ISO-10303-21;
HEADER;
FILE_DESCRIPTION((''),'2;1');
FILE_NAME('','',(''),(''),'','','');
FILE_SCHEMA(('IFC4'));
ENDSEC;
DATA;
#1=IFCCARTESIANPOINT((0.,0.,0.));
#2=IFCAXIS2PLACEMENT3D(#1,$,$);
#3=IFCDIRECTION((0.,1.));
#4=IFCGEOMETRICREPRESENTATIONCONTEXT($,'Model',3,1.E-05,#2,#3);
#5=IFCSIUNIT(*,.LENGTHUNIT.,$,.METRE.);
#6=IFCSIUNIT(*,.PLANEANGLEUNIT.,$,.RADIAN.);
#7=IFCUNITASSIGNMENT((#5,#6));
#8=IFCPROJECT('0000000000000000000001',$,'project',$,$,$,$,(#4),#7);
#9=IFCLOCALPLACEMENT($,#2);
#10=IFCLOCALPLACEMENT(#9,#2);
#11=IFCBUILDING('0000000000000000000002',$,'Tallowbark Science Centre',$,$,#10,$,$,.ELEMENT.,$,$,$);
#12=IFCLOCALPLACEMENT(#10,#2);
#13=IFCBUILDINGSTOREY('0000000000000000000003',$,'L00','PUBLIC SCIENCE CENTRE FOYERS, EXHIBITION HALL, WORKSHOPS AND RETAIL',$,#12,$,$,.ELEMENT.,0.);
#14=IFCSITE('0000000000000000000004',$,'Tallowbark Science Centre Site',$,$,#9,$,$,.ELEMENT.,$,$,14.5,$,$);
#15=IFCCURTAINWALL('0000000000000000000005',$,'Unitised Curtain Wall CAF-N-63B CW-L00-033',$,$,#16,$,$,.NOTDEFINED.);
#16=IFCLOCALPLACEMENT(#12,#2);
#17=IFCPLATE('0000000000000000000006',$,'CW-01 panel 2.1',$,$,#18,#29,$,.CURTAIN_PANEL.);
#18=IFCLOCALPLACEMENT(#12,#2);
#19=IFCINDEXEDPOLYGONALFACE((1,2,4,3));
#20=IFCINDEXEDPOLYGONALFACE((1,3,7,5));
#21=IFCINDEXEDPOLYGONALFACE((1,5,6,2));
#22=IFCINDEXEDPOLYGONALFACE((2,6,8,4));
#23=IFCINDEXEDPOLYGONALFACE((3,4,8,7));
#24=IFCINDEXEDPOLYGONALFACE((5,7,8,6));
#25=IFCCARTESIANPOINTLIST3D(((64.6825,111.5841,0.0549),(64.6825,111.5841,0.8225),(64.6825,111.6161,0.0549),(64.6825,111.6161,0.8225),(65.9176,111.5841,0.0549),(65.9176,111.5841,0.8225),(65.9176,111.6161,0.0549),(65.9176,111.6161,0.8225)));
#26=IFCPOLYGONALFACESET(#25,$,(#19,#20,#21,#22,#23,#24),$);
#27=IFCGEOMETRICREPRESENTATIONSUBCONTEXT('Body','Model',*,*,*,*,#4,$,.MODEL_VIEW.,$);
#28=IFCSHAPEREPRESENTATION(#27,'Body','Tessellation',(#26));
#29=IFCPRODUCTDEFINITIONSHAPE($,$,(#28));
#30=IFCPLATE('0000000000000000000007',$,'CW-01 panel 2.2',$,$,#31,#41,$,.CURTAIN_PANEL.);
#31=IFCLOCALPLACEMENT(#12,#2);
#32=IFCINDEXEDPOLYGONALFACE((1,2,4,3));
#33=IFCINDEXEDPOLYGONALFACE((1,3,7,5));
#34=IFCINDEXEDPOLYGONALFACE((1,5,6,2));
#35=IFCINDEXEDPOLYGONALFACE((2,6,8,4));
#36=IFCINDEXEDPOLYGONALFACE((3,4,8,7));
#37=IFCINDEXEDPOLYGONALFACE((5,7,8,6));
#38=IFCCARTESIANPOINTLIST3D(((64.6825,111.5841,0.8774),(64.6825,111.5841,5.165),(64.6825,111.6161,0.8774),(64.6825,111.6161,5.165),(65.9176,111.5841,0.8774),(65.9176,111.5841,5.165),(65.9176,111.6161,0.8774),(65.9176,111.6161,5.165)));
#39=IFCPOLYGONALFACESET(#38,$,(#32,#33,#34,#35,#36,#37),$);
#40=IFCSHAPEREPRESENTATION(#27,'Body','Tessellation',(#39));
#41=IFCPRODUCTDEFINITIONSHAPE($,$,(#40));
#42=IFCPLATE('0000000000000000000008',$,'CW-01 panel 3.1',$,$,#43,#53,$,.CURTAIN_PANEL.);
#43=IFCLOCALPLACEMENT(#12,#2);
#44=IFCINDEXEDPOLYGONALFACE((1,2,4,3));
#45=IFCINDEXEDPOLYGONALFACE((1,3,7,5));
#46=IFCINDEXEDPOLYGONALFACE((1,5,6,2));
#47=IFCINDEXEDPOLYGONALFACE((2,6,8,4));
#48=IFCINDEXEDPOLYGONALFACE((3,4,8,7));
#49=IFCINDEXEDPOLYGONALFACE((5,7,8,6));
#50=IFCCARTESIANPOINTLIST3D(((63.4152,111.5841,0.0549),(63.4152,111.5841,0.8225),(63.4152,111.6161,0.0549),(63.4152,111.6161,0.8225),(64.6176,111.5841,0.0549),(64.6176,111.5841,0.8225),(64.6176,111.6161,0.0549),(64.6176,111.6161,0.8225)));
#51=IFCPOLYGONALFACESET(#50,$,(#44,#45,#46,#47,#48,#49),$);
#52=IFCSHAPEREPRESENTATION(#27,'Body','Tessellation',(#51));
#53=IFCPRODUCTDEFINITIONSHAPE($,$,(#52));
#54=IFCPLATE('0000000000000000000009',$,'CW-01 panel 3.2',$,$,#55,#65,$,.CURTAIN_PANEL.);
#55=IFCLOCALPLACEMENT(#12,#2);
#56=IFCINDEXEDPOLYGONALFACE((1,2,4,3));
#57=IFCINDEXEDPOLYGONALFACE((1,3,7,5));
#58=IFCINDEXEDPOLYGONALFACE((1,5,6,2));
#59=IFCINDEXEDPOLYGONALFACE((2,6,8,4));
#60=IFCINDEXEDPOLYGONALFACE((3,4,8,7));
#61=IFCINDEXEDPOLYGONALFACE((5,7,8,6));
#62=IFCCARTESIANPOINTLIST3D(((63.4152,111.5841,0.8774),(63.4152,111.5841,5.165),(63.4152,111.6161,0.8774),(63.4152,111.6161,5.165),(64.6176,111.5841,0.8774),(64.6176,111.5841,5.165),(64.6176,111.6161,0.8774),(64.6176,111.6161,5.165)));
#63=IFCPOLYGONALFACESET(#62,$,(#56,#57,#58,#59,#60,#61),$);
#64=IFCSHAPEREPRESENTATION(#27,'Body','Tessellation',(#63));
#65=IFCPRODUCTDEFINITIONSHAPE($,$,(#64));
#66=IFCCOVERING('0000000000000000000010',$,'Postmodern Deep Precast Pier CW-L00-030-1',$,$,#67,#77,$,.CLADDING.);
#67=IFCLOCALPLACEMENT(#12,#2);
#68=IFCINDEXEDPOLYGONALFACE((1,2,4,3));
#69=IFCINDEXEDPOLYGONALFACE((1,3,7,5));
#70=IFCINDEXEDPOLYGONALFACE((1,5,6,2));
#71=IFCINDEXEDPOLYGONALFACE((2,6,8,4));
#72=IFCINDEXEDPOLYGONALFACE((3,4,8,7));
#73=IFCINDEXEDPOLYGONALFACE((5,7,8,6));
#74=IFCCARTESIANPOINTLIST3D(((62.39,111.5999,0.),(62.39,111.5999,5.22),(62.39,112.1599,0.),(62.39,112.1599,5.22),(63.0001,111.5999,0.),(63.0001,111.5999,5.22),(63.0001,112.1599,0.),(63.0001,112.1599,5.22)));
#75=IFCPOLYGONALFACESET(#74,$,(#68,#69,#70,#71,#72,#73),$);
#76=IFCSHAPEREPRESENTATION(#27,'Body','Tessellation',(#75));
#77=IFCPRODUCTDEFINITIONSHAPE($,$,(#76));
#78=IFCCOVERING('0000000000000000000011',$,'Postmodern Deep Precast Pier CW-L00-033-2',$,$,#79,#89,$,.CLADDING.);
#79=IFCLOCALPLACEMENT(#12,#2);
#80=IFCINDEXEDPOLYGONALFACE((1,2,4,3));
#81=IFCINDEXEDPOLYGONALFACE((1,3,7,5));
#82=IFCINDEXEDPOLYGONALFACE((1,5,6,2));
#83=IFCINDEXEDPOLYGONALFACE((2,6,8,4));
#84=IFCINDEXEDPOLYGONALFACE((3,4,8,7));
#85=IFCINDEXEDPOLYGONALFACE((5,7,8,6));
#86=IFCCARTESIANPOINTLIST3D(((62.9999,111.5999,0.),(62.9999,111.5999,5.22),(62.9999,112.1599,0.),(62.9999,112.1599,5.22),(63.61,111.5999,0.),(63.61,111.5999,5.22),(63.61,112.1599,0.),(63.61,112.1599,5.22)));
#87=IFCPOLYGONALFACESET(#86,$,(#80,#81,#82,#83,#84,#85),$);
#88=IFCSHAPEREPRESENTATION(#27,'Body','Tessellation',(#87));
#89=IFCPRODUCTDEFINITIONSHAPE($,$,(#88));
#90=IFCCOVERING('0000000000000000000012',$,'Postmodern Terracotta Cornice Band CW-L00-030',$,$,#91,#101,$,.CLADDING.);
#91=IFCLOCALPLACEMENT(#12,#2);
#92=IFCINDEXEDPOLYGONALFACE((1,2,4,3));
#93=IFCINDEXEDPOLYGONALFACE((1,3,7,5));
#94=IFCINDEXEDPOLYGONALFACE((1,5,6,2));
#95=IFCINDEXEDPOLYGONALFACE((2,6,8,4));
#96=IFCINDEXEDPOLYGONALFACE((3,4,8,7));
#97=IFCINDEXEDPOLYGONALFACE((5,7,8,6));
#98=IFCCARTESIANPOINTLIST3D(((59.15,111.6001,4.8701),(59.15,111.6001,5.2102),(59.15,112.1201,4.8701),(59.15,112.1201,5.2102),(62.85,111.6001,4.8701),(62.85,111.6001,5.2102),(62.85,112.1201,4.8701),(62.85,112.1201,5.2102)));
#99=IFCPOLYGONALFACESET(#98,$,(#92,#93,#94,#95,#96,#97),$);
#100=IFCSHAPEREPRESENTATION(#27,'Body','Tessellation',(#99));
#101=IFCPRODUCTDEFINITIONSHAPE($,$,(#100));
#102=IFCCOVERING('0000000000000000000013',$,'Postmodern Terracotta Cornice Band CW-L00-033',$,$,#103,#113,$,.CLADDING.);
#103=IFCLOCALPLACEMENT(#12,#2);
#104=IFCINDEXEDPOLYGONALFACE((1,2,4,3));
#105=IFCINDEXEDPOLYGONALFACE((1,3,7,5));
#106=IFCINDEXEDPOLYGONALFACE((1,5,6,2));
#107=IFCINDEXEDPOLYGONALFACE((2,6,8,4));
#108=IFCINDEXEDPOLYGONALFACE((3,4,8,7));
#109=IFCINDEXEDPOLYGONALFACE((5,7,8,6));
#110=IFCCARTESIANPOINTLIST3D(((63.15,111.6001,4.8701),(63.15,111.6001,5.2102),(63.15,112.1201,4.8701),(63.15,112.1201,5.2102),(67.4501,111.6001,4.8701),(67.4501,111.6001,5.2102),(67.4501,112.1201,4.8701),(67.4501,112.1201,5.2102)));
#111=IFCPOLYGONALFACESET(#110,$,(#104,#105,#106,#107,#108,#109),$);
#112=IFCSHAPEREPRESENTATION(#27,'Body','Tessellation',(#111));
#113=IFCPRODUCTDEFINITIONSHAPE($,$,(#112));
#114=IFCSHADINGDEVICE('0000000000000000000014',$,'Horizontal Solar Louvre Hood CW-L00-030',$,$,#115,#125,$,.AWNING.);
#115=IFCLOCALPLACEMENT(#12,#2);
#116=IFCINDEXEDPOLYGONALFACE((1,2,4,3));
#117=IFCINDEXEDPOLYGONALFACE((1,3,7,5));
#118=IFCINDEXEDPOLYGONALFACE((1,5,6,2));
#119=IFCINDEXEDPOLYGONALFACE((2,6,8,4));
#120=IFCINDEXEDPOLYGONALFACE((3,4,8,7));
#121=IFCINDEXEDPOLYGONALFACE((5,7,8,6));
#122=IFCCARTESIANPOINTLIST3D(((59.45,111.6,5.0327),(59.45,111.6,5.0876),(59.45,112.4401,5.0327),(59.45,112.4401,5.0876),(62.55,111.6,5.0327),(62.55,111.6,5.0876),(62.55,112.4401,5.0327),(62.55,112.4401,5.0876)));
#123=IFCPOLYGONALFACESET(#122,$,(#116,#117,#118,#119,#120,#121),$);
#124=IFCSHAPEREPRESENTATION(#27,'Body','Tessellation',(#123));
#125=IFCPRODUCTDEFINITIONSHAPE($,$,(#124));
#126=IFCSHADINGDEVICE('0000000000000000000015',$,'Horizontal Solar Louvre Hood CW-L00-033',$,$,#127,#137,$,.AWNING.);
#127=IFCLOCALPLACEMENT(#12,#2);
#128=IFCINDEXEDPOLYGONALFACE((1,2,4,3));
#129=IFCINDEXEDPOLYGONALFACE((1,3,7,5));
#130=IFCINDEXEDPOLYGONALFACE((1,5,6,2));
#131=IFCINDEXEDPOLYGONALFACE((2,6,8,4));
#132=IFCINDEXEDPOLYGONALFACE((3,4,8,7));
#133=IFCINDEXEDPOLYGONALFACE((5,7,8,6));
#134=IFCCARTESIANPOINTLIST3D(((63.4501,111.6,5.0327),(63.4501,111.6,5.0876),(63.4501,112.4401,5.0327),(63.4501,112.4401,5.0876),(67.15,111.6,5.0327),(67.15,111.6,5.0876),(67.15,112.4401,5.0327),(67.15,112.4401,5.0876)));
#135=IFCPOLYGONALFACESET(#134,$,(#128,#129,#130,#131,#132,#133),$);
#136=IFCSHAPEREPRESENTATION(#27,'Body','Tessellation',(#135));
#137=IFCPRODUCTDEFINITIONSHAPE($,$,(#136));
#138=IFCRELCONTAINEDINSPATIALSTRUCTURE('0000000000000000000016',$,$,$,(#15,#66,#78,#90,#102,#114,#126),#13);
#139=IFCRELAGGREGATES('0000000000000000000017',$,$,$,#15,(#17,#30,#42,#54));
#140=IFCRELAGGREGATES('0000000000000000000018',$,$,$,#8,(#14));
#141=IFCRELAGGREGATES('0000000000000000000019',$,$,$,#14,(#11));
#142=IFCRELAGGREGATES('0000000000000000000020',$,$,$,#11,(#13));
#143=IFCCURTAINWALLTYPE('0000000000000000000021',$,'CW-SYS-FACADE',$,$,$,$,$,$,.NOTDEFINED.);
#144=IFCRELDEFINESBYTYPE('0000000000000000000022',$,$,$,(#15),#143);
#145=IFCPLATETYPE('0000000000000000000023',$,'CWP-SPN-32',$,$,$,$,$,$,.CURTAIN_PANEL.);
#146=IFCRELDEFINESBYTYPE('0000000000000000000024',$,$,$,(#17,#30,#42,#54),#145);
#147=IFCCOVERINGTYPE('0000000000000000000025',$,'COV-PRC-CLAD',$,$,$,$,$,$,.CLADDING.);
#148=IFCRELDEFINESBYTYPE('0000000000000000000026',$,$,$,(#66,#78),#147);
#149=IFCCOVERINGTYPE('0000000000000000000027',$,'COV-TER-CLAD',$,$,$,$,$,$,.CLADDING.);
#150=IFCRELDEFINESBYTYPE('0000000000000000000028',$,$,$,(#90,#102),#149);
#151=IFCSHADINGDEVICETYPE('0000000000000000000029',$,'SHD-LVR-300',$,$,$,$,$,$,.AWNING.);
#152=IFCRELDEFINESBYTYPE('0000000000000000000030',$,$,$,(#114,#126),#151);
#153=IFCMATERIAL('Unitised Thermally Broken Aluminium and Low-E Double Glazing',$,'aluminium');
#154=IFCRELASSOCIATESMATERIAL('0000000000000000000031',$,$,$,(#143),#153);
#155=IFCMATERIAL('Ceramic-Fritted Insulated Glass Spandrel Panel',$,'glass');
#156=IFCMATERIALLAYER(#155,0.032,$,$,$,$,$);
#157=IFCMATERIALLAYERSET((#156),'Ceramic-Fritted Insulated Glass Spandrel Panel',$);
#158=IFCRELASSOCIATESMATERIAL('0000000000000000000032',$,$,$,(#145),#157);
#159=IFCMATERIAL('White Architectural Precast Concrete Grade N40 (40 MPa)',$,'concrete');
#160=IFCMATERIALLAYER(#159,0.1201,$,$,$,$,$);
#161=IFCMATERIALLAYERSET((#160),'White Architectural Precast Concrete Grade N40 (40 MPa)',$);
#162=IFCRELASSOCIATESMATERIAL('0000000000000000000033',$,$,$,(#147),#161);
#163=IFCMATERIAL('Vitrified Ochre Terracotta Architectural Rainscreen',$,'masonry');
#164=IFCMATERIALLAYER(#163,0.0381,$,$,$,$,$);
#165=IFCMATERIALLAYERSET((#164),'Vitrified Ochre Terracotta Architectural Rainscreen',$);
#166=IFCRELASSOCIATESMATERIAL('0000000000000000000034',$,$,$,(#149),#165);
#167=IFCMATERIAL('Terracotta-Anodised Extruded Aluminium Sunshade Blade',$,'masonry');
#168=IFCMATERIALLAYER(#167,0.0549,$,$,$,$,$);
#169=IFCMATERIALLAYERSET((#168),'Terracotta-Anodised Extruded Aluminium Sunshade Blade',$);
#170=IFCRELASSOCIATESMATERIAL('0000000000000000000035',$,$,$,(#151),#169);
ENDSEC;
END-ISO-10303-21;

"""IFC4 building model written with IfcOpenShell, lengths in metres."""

from ifc_helpers import new_model, si_unit, direction, frame, origin, origin_2d, place, context, subcontext, project, spatial, rectangle, extrude, material, layer, layer_set, type_object, element, aggregate, save


model = new_model("IFC4")

# Units and contexts
model_context = context("Model", 3, precision=1e-05, world=origin(), true_north=direction((0.0, 1.0)))
body_context = subcontext(model_context, "Body", "Model", "MODEL_VIEW")
ifc_project = project(units=[si_unit("LENGTHUNIT", "METRE"), si_unit("PLANEANGLEUNIT", "RADIAN")], contexts=[model_context])

# Site, building, storey
site_placement = place(None, origin())
site = spatial("IfcSite", under=ifc_project, at=site_placement, Name="Tallowbark Science Centre Site", CompositionType="ELEMENT", RefElevation=14.5)
building_placement = place(site_placement, origin())
building = spatial("IfcBuilding", under=site, at=building_placement, Name="Tallowbark Science Centre", CompositionType="ELEMENT")
storey_placement = place(building_placement, origin())
storey = spatial("IfcBuildingStorey", under=building, at=storey_placement, Name="L00", Description="PUBLIC SCIENCE CENTRE FOYERS, EXHIBITION HALL, WORKSHOPS AND RETAIL", CompositionType="ELEMENT", Elevation=0.0)

# Curtain wall
ifc_material_1 = material(Name="Unitised Thermally Broken Aluminium and Low-E Double Glazing", Category="aluminium")
curtain_wall_type = type_object("IfcCurtainWallType", Name="CW-SYS-FACADE", PredefinedType="NOTDEFINED", material=ifc_material_1)
curtain_wall_1_placement = place(storey_placement, origin())
curtain_wall_1 = element("IfcCurtainWall", 1, at=curtain_wall_1_placement, inside=storey, type_object=curtain_wall_type, Name="Unitised Curtain Wall CAF-N-63B CW-L00-033", PredefinedType="NOTDEFINED")

# Plates
ifc_material_2 = material(Name="Ceramic-Fritted Insulated Glass Spandrel Panel", Category="glass")
ifc_layer_1 = layer(ifc_material_2, 0.032)
ifc_layer_set_1 = layer_set([ifc_layer_1], Name="Ceramic-Fritted Insulated Glass Spandrel Panel")
plate_type = type_object("IfcPlateType", Name="CWP-SPN-32", PredefinedType="CURTAIN_PANEL", material=ifc_layer_set_1)
plate_1_placement = place(storey_placement, frame((65.3, 111.6001, 0.0549), z_axis=(0.0, 0.0, 1.0), x_axis=(-1.0, 0.0, 0.0)))
plate_1 = element("IfcPlate", 2, at=plate_1_placement, type_object=plate_type, Name="CW-01 panel 2.1", PredefinedType="CURTAIN_PANEL", context=body_context, shape_type="SweptSolid", body=[
    extrude(rectangle(XDim=1.2351, YDim=0.032, at=origin_2d()), origin(), (0.0, 0.0, 1.0), 0.7676),
])
plate_2_placement = place(storey_placement, frame((65.3, 111.6001, 0.8774), z_axis=(0.0, 0.0, 1.0), x_axis=(-1.0, 0.0, 0.0)))
plate_2 = element("IfcPlate", 3, at=plate_2_placement, type_object=plate_type, Name="CW-01 panel 2.2", PredefinedType="CURTAIN_PANEL", context=body_context, shape_type="SweptSolid", body=[
    extrude(rectangle(XDim=1.2351, YDim=0.032, at=origin_2d()), origin(), (0.0, 0.0, 1.0), 4.2876),
])
plate_3_placement = place(storey_placement, frame((64.0164, 111.6001, 0.0549), z_axis=(0.0, 0.0, 1.0), x_axis=(-1.0, 0.0, 0.0)))
plate_3 = element("IfcPlate", 4, at=plate_3_placement, type_object=plate_type, Name="CW-01 panel 3.1", PredefinedType="CURTAIN_PANEL", context=body_context, shape_type="SweptSolid", body=[
    extrude(rectangle(XDim=1.2024, YDim=0.032, at=origin_2d()), origin(), (0.0, 0.0, 1.0), 0.7676),
])
plate_4_placement = place(storey_placement, frame((64.0164, 111.6001, 0.8774), z_axis=(0.0, 0.0, 1.0), x_axis=(-1.0, 0.0, 0.0)))
plate_4 = element("IfcPlate", 5, at=plate_4_placement, type_object=plate_type, Name="CW-01 panel 3.2", PredefinedType="CURTAIN_PANEL", context=body_context, shape_type="SweptSolid", body=[
    extrude(rectangle(XDim=1.2024, YDim=0.032, at=origin_2d()), origin(), (0.0, 0.0, 1.0), 4.2876),
])
aggregate(curtain_wall_1, [plate_1, plate_2, plate_3, plate_4])

# Coverings
ifc_material_3 = material(Name="White Architectural Precast Concrete Grade N40 (40 MPa)", Category="concrete")
ifc_layer_2 = layer(ifc_material_3, 0.1201)
ifc_layer_set_2 = layer_set([ifc_layer_2], Name="White Architectural Precast Concrete Grade N40 (40 MPa)")
covering_type_1 = type_object("IfcCoveringType", Name="COV-PRC-CLAD", PredefinedType="CLADDING", material=ifc_layer_set_2)
for number, where, z_axis, x_axis, name in (
    (6, (62.6951, 111.8799, 0.0), (0.0, 0.0, 1.0), (-1.0, 0.0, 0.0), "Postmodern Deep Precast Pier CW-L00-030-1"),
    (7, (63.3049, 111.8799, 0.0), (0.0, 0.0, 1.0), (-1.0, 0.0, 0.0), "Postmodern Deep Precast Pier CW-L00-033-2"),
):
    element("IfcCovering", number, at=place(storey_placement, frame(where, z_axis=z_axis, x_axis=x_axis)), inside=storey, type_object=covering_type_1, Name=name, PredefinedType="CLADDING", context=body_context, shape_type="SweptSolid", body=[
        extrude(rectangle(XDim=0.6101, YDim=0.5601, at=origin_2d()), origin(), (0.0, 0.0, 1.0), 5.22),
    ])
ifc_material_4 = material(Name="Vitrified Ochre Terracotta Architectural Rainscreen", Category="masonry")
ifc_layer_3 = layer(ifc_material_4, 0.0381)
ifc_layer_set_3 = layer_set([ifc_layer_3], Name="Vitrified Ochre Terracotta Architectural Rainscreen")
covering_type_2 = type_object("IfcCoveringType", Name="COV-TER-CLAD", PredefinedType="CLADDING", material=ifc_layer_set_3)
covering_1_placement = place(storey_placement, frame((61.0, 111.8601, 4.8701), z_axis=(0.0, 0.0, 1.0), x_axis=(-1.0, 0.0, 0.0)))
element("IfcCovering", 8, at=covering_1_placement, inside=storey, type_object=covering_type_2, Name="Postmodern Terracotta Cornice Band CW-L00-030", PredefinedType="CLADDING", context=body_context, shape_type="SweptSolid", body=[
    extrude(rectangle(XDim=3.7, YDim=0.52, at=origin_2d()), origin(), (0.0, 0.0, 1.0), 0.3401),
])
covering_2_placement = place(storey_placement, frame((65.3, 111.8601, 4.8701), z_axis=(0.0, 0.0, 1.0), x_axis=(-1.0, 0.0, 0.0)))
element("IfcCovering", 9, at=covering_2_placement, inside=storey, type_object=covering_type_2, Name="Postmodern Terracotta Cornice Band CW-L00-033", PredefinedType="CLADDING", context=body_context, shape_type="SweptSolid", body=[
    extrude(rectangle(XDim=4.3, YDim=0.52, at=origin_2d()), origin(), (0.0, 0.0, 1.0), 0.3401),
])

# Shading devices
ifc_material_5 = material(Name="Terracotta-Anodised Extruded Aluminium Sunshade Blade", Category="masonry")
ifc_layer_4 = layer(ifc_material_5, 0.0549)
ifc_layer_set_4 = layer_set([ifc_layer_4], Name="Terracotta-Anodised Extruded Aluminium Sunshade Blade")
shading_device_type = type_object("IfcShadingDeviceType", Name="SHD-LVR-300", PredefinedType="AWNING", material=ifc_layer_set_4)
shading_device_1_placement = place(storey_placement, frame((61.0, 112.02, 5.0327), z_axis=(0.0, 0.0, 1.0), x_axis=(-1.0, 0.0, 0.0)))
element("IfcShadingDevice", 10, at=shading_device_1_placement, inside=storey, type_object=shading_device_type, Name="Horizontal Solar Louvre Hood CW-L00-030", PredefinedType="AWNING", context=body_context, shape_type="SweptSolid", body=[
    extrude(rectangle(XDim=3.1001, YDim=0.8401, at=origin_2d()), origin(), (0.0, 0.0, 1.0), 0.0549),
])
shading_device_2_placement = place(storey_placement, frame((65.3, 112.02, 5.0327), z_axis=(0.0, 0.0, 1.0), x_axis=(-1.0, 0.0, 0.0)))
element("IfcShadingDevice", 11, at=shading_device_2_placement, inside=storey, type_object=shading_device_type, Name="Horizontal Solar Louvre Hood CW-L00-033", PredefinedType="AWNING", context=body_context, shape_type="SweptSolid", body=[
    extrude(rectangle(XDim=3.7, YDim=0.8401, at=origin_2d()), origin(), (0.0, 0.0, 1.0), 0.0549),
])

save(model, "model.ifc")
